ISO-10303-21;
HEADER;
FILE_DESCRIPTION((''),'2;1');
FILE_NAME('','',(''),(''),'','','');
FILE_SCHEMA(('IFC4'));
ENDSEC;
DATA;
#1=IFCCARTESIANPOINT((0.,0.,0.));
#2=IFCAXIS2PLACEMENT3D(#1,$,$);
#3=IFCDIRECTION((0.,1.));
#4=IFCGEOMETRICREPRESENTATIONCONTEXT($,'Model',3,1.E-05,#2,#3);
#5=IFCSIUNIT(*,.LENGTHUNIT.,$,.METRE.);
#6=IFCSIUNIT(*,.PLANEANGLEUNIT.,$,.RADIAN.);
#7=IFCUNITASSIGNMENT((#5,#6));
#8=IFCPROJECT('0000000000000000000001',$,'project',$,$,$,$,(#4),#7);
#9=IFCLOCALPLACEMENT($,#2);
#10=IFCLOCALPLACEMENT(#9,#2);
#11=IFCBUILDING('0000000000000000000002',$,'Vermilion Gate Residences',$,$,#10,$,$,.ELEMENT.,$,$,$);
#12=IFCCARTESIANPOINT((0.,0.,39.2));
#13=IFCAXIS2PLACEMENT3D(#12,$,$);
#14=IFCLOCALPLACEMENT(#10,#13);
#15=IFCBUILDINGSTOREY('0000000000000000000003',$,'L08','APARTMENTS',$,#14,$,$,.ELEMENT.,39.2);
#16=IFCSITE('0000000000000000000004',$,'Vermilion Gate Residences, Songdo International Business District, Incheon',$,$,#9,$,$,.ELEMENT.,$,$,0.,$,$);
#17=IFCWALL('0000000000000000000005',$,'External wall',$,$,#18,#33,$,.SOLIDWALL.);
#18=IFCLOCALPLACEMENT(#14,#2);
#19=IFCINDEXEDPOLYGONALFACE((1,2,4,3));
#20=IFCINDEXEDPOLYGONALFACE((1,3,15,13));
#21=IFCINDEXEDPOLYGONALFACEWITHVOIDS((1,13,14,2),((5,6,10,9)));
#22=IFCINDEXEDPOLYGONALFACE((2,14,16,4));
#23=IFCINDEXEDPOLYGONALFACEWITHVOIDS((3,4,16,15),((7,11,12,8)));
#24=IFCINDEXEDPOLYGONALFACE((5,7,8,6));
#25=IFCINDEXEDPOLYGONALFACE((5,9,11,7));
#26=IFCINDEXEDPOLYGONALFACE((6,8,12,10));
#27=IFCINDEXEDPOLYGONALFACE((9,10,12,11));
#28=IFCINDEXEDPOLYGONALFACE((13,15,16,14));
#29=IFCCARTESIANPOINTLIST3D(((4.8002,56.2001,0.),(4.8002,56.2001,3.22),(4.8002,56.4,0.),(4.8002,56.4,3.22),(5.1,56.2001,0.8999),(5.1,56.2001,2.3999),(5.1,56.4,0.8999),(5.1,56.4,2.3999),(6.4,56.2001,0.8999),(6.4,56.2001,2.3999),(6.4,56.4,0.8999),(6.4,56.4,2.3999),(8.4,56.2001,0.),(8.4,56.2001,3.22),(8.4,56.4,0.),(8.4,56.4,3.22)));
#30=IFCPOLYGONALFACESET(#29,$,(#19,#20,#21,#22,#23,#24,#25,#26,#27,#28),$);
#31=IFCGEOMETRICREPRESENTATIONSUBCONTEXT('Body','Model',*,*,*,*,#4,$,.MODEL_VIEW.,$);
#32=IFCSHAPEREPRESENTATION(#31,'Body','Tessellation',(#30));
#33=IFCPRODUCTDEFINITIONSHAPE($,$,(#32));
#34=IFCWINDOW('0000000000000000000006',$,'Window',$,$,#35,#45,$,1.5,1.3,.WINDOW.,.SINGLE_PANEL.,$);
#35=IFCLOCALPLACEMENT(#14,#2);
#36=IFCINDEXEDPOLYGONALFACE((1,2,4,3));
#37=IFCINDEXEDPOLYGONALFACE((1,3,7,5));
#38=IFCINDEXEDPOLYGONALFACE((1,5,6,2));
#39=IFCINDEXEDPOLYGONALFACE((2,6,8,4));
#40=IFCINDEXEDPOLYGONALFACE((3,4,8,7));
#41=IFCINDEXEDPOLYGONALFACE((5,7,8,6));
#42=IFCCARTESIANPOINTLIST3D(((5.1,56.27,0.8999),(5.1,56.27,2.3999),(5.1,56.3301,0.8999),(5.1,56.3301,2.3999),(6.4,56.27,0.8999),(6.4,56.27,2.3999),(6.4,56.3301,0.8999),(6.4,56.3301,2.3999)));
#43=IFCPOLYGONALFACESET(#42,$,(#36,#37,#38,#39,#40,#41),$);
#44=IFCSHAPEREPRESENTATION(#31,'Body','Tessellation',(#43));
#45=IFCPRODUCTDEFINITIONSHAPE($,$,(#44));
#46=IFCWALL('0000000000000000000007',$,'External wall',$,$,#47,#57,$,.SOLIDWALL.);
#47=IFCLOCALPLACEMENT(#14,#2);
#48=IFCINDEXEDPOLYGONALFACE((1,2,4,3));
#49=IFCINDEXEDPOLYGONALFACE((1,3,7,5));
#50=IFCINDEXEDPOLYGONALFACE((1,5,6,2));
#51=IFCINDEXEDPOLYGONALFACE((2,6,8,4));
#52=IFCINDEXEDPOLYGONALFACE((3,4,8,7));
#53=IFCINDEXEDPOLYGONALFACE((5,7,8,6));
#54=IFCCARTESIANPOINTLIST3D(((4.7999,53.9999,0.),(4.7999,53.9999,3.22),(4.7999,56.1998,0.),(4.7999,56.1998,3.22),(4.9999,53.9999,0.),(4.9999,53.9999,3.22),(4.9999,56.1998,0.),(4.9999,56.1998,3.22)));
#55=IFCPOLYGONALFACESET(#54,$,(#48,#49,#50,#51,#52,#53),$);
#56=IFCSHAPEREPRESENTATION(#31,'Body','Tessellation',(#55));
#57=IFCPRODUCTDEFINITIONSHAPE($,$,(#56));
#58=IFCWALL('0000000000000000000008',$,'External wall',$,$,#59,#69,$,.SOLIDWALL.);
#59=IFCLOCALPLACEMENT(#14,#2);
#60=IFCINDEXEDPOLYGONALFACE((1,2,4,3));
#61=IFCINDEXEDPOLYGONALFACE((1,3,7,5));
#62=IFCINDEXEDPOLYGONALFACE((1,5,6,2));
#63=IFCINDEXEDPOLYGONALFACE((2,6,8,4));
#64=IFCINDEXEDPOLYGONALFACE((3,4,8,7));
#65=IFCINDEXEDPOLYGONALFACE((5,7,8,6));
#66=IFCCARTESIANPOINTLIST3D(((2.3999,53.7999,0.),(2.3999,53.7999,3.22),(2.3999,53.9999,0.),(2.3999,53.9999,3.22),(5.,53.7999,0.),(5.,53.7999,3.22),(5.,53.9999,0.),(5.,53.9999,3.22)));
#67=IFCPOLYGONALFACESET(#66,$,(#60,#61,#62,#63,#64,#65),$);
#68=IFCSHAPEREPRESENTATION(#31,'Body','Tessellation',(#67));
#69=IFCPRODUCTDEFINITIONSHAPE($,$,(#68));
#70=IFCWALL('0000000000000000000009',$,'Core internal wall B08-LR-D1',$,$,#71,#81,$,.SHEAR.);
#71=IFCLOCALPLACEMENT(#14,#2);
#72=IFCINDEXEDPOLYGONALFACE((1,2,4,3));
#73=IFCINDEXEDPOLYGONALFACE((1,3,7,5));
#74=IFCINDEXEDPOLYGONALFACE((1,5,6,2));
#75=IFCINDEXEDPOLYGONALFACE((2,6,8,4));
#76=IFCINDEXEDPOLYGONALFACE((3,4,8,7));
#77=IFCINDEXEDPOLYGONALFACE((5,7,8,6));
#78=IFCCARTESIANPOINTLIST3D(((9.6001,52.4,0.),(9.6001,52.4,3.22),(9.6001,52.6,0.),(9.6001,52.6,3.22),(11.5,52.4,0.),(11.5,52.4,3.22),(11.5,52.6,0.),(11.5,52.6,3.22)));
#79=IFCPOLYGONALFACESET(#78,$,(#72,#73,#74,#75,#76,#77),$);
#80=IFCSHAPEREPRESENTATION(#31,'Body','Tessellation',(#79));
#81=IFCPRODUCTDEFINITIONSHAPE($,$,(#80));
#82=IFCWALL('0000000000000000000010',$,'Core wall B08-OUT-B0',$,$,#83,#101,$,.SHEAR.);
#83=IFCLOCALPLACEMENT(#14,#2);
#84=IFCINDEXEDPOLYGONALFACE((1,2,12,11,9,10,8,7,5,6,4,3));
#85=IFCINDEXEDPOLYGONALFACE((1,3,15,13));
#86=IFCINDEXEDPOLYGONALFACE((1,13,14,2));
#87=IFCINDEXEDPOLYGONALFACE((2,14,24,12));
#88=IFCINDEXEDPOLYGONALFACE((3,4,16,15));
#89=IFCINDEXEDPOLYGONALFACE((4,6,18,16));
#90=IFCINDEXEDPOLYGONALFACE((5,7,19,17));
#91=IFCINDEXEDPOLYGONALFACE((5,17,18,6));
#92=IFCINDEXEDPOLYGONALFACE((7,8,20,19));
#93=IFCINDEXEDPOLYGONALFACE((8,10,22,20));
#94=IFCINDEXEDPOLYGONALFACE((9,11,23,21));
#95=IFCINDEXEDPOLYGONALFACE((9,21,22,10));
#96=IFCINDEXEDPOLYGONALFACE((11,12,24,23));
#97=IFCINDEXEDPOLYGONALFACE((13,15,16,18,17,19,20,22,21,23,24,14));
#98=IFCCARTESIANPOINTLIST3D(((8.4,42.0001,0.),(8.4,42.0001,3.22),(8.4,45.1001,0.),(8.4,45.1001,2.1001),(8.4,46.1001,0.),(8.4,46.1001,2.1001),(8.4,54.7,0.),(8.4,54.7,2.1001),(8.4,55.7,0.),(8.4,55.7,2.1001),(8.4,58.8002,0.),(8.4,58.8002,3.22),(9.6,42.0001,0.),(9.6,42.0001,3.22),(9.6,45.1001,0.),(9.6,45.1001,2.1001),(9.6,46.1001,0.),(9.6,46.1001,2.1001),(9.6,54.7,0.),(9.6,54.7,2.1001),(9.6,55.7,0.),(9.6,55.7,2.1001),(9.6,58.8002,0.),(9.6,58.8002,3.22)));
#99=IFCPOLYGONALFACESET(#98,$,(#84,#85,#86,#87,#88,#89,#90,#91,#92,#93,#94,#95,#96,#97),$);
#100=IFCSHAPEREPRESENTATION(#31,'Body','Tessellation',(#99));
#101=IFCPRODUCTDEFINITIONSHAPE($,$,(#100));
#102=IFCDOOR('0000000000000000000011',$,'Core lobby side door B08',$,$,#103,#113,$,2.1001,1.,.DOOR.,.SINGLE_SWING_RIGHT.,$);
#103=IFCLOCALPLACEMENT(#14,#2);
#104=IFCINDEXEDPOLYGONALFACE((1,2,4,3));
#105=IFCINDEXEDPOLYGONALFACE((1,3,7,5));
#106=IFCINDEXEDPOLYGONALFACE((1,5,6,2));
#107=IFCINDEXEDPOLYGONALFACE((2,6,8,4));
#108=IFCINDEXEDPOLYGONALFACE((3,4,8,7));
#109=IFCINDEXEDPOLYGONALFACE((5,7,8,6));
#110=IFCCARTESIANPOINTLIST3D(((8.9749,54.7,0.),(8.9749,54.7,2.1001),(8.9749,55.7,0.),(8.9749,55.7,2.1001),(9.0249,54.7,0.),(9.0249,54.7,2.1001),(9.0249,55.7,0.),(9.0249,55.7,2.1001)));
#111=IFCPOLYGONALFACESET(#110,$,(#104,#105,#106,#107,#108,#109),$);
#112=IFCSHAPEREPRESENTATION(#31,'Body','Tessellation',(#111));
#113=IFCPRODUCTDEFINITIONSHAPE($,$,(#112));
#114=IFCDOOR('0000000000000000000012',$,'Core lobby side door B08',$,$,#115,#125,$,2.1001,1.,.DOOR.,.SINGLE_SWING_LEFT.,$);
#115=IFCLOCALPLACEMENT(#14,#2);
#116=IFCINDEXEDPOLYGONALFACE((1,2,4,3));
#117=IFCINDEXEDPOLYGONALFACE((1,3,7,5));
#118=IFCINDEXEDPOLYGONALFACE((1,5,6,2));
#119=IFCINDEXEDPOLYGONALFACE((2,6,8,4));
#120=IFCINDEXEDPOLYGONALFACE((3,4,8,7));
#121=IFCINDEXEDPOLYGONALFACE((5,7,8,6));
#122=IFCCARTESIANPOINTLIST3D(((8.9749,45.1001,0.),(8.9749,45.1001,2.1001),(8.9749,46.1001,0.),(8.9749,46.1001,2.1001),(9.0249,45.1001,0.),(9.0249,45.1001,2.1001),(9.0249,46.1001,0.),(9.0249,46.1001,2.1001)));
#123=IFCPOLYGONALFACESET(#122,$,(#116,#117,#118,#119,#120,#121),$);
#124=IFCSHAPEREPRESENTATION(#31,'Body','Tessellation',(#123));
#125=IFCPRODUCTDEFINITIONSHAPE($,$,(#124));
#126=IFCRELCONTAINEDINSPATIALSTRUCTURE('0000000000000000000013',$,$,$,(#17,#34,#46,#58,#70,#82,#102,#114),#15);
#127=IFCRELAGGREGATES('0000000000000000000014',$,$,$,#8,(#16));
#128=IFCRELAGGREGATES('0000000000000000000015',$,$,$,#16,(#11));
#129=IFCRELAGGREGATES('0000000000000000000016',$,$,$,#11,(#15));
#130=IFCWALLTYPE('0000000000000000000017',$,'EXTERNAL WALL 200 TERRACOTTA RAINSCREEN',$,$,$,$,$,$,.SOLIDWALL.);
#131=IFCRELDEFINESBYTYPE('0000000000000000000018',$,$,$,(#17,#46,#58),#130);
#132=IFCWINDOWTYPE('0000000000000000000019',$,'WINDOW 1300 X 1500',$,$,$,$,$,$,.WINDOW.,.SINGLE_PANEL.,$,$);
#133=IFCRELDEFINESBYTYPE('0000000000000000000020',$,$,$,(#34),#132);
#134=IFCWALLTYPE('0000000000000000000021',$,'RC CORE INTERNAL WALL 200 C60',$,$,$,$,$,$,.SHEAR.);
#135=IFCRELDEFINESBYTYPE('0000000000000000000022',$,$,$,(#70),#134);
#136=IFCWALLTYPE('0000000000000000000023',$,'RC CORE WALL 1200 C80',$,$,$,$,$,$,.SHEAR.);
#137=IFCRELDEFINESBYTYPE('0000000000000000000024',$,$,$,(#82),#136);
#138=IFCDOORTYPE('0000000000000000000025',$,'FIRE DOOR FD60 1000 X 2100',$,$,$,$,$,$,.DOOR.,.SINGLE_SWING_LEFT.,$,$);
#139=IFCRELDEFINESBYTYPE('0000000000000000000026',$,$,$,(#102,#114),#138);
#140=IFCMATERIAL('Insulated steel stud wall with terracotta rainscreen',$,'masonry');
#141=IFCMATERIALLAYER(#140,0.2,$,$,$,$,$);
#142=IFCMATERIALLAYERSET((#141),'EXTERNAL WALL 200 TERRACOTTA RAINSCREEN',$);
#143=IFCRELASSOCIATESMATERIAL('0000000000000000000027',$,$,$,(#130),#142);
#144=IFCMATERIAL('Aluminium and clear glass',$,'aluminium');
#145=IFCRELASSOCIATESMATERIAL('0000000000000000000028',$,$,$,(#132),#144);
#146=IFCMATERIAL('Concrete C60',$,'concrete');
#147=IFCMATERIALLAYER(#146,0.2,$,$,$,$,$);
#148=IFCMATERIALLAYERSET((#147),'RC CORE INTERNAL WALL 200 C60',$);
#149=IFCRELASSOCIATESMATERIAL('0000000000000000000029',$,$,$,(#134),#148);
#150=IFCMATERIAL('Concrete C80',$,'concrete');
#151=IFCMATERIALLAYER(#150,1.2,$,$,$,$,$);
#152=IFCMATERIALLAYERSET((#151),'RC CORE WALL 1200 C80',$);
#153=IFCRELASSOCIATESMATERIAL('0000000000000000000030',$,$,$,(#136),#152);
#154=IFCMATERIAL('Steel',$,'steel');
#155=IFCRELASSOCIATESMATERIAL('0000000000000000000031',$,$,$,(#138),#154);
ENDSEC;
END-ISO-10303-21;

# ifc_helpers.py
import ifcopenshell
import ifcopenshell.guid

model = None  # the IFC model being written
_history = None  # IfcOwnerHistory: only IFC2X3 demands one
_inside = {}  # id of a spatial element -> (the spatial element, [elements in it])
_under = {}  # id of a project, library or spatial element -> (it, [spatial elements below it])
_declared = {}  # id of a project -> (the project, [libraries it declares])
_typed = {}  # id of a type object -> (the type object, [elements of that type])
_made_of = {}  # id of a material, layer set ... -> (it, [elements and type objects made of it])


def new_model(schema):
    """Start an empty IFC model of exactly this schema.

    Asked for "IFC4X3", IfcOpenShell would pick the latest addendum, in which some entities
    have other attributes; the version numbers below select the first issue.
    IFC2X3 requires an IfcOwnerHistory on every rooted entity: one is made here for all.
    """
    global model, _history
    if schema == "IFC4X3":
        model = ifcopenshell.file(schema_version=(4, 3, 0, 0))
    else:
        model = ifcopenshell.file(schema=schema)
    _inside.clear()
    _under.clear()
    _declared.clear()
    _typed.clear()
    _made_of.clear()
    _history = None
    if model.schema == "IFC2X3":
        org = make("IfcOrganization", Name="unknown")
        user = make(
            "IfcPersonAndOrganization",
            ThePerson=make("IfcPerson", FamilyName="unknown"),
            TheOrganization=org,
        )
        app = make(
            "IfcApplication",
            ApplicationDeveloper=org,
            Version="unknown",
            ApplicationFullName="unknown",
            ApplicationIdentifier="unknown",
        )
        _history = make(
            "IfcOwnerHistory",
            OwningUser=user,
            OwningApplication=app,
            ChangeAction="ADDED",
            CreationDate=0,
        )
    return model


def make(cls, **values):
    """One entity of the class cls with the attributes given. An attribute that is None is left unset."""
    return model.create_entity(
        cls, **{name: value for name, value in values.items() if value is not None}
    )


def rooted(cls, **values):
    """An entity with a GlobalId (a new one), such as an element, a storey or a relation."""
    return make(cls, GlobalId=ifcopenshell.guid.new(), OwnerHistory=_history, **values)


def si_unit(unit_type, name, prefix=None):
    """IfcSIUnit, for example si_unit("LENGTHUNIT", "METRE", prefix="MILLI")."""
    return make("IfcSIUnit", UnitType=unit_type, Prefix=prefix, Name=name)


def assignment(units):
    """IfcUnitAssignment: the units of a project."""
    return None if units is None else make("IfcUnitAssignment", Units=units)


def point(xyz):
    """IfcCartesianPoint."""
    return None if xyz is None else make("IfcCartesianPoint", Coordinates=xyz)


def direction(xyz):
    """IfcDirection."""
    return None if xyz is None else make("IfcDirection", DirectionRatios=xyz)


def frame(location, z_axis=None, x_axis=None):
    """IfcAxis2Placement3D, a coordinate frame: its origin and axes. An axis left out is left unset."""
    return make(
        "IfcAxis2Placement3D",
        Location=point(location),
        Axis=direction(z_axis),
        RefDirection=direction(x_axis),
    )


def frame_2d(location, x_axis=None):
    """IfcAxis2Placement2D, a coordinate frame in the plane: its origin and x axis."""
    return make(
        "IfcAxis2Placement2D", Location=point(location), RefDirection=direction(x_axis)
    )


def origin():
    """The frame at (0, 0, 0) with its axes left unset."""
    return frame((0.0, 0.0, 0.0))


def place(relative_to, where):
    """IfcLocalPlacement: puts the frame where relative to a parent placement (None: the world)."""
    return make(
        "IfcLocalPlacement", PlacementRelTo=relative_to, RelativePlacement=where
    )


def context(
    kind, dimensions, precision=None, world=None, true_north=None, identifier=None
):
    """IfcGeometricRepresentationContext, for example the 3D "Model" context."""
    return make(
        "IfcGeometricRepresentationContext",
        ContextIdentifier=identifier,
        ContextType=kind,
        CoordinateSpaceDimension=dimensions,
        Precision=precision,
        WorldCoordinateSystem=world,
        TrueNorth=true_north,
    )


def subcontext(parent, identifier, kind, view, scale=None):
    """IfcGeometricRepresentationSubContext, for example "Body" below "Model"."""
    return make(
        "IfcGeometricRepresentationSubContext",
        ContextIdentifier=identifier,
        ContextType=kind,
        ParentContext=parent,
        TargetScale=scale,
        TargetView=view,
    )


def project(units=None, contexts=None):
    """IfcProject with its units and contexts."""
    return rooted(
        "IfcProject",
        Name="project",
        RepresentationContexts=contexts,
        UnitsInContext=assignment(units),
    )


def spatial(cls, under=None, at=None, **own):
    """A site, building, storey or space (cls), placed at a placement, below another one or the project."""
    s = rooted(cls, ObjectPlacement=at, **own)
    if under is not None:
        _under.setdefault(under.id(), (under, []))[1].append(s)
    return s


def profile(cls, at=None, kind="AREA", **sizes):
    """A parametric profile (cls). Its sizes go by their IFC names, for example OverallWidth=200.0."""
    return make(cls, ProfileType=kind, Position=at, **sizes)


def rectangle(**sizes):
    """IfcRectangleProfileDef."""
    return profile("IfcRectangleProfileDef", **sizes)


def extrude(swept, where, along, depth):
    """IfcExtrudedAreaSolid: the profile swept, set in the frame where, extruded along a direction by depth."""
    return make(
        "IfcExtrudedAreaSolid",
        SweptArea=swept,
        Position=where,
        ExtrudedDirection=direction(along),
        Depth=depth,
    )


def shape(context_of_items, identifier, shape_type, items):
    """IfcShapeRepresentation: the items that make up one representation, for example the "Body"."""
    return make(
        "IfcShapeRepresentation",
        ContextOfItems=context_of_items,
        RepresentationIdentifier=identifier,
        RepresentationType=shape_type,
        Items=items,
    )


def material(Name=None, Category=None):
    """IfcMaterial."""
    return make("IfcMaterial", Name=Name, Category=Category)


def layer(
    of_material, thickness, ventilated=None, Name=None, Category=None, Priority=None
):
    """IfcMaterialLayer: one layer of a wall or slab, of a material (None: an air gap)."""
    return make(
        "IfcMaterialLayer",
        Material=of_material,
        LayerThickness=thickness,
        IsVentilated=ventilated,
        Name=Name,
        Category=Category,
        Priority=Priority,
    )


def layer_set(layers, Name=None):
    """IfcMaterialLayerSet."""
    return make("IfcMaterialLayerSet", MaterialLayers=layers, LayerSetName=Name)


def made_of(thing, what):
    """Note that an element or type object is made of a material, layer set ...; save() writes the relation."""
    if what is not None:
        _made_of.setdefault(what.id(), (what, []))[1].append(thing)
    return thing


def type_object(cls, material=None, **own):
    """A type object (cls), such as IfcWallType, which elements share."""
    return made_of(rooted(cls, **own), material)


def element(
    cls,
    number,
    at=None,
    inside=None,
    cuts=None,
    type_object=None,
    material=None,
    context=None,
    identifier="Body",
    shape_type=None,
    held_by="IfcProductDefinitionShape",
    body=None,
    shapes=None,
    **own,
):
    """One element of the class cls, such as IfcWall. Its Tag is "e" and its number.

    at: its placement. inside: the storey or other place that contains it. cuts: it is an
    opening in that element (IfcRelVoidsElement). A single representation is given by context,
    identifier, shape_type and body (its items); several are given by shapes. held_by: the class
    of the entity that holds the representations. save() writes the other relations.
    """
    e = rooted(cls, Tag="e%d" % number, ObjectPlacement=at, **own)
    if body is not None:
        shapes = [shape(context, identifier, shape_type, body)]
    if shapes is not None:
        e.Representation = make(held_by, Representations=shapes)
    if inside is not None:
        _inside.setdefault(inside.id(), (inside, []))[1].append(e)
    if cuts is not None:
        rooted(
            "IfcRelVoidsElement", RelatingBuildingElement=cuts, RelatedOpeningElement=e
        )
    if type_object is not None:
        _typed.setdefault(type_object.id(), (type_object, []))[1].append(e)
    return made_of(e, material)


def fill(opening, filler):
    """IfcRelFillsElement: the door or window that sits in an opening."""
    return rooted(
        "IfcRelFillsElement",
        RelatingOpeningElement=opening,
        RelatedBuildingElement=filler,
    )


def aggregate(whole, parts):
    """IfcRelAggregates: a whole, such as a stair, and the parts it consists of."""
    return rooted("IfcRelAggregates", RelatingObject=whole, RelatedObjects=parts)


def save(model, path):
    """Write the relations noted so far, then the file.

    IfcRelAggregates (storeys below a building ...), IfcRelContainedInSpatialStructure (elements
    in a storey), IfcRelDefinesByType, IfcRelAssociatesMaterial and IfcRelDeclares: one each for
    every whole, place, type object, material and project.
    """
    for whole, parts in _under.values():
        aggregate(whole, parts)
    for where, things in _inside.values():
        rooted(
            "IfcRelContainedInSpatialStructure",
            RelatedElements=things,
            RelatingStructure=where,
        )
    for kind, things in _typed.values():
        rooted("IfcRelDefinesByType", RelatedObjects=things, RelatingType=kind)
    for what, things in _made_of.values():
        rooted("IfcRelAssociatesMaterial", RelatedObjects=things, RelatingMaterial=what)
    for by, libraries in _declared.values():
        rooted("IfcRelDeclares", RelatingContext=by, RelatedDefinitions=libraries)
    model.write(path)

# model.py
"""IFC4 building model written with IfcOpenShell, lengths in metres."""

from ifc_helpers import new_model, si_unit, direction, frame, frame_2d, origin, place, context, subcontext, project, spatial, rectangle, extrude, material, layer, layer_set, type_object, element, fill, save


model = new_model("IFC4")

# Units and contexts
model_context = context("Model", 3, precision=1e-05, world=origin(), true_north=direction((0.0, 1.0)))
body_context = subcontext(model_context, "Body", "Model", "MODEL_VIEW")
ifc_project = project(units=[si_unit("LENGTHUNIT", "METRE"), si_unit("PLANEANGLEUNIT", "RADIAN")], contexts=[model_context])

# Site, building, storey
site_placement = place(None, origin())
site = spatial("IfcSite", under=ifc_project, at=site_placement, Name="Vermilion Gate Residences, Songdo International Business District, Incheon", CompositionType="ELEMENT", RefElevation=0.0)
building_placement = place(site_placement, origin())
building = spatial("IfcBuilding", under=site, at=building_placement, Name="Vermilion Gate Residences", CompositionType="ELEMENT")
storey_placement = place(building_placement, frame((0.0, 0.0, 39.2)))
storey = spatial("IfcBuildingStorey", under=building, at=storey_placement, Name="L08", Description="APARTMENTS", CompositionType="ELEMENT", Elevation=39.2)

# Wall, opening, window
ifc_material_1 = material(Name="Insulated steel stud wall with terracotta rainscreen", Category="masonry")
ifc_layer_1 = layer(ifc_material_1, 0.2)
ifc_layer_set_1 = layer_set([ifc_layer_1], Name="EXTERNAL WALL 200 TERRACOTTA RAINSCREEN")
wall_type_1 = type_object("IfcWallType", Name="EXTERNAL WALL 200 TERRACOTTA RAINSCREEN", PredefinedType="SOLIDWALL", material=ifc_layer_set_1)
wall_1_placement = place(storey_placement, frame((8.3999, 56.3, 0.0), z_axis=(0.0, 0.0, 1.0), x_axis=(-1.0, 0.0, 0.0)))
wall_1 = element("IfcWall", 1, at=wall_1_placement, inside=storey, type_object=wall_type_1, Name="External wall", PredefinedType="SOLIDWALL", context=body_context, shape_type="SweptSolid", body=[
    extrude(rectangle(XDim=3.5999, YDim=0.2, at=frame_2d((1.7998, 0.0))), origin(), (0.0, 0.0, 1.0), 3.22),
])
opening_1_placement = place(wall_1_placement, frame((2.0, 0.0, 0.8999)))
opening_1 = element("IfcOpeningElement", 2, at=opening_1_placement, cuts=wall_1, PredefinedType="OPENING", context=body_context, shape_type="SweptSolid", body=[
    extrude(rectangle(XDim=1.3, YDim=1.5, at=frame_2d((0.6499, 0.75))), frame((0.0, 0.1099, 0.0), z_axis=(0.0, -1.0, 0.0), x_axis=(1.0, 0.0, 0.0)), (0.0, 0.0, 1.0), 0.22),
])
ifc_material_2 = material(Name="Aluminium and clear glass", Category="aluminium")
window_type = type_object("IfcWindowType", Name="WINDOW 1300 X 1500", PartitioningType="SINGLE_PANEL", PredefinedType="WINDOW", material=ifc_material_2)
window_placement = place(opening_1_placement, origin())
window = element("IfcWindow", 3, at=window_placement, inside=storey, type_object=window_type, Name="Window", OverallHeight=1.5, OverallWidth=1.3, PartitioningType="SINGLE_PANEL", PredefinedType="WINDOW", context=body_context, shape_type="SweptSolid", body=[
    extrude(rectangle(XDim=1.3, YDim=1.5, at=frame_2d((0.6499, 0.75))), frame((0.0, 0.03, 0.0), z_axis=(0.0, -1.0, 0.0), x_axis=(1.0, 0.0, 0.0)), (0.0, 0.0, 1.0), 0.0601),
])
fill(opening_1, window)

# Walls
wall_2_placement = place(storey_placement, frame((4.8999, 56.2, 0.0), z_axis=(0.0, 0.0, 1.0), x_axis=(0.0, -1.0, 0.0)))
element("IfcWall", 4, at=wall_2_placement, inside=storey, type_object=wall_type_1, Name="External wall", PredefinedType="SOLIDWALL", context=body_context, shape_type="SweptSolid", body=[
    extrude(rectangle(XDim=2.2, YDim=0.2, at=frame_2d((1.1001, 0.0))), origin(), (0.0, 0.0, 1.0), 3.22),
])
wall_3_placement = place(storey_placement, frame((5.0, 53.8999, 0.0), z_axis=(0.0, 0.0, 1.0), x_axis=(-1.0, 0.0, 0.0)))
element("IfcWall", 5, at=wall_3_placement, inside=storey, type_object=wall_type_1, Name="External wall", PredefinedType="SOLIDWALL", context=body_context, shape_type="SweptSolid", body=[
    extrude(rectangle(XDim=2.6001, YDim=0.2, at=frame_2d((1.3, 0.0))), origin(), (0.0, 0.0, 1.0), 3.22),
])
ifc_material_3 = material(Name="Concrete C60", Category="concrete")
ifc_layer_2 = layer(ifc_material_3, 0.2)
ifc_layer_set_2 = layer_set([ifc_layer_2], Name="RC CORE INTERNAL WALL 200 C60")
wall_type_2 = type_object("IfcWallType", Name="RC CORE INTERNAL WALL 200 C60", PredefinedType="SHEAR", material=ifc_layer_set_2)
wall_4_placement = place(storey_placement, frame((9.6001, 52.5, 0.0), z_axis=(0.0, 0.0, 1.0), x_axis=(1.0, 0.0, 0.0)))
element("IfcWall", 6, at=wall_4_placement, inside=storey, type_object=wall_type_2, Name="Core internal wall B08-LR-D1", PredefinedType="SHEAR", context=body_context, shape_type="SweptSolid", body=[
    extrude(rectangle(XDim=1.8999, YDim=0.2, at=frame_2d((0.95, 0.0))), origin(), (0.0, 0.0, 1.0), 3.22),
])

# Wall, openings, doors
ifc_material_4 = material(Name="Concrete C80", Category="concrete")
ifc_layer_3 = layer(ifc_material_4, 1.2)
ifc_layer_set_3 = layer_set([ifc_layer_3], Name="RC CORE WALL 1200 C80")
wall_type_3 = type_object("IfcWallType", Name="RC CORE WALL 1200 C80", PredefinedType="SHEAR", material=ifc_layer_set_3)
wall_5_placement = place(storey_placement, frame((9.0, 58.8, 0.0), z_axis=(0.0, 0.0, 1.0), x_axis=(0.0, -1.0, 0.0)))
wall_5 = element("IfcWall", 7, at=wall_5_placement, inside=storey, type_object=wall_type_3, Name="Core wall B08-OUT-B0", PredefinedType="SHEAR", context=body_context, shape_type="SweptSolid", body=[
    extrude(rectangle(XDim=16.8, YDim=1.2, at=frame_2d((8.3999, 0.0))), origin(), (0.0, 0.0, 1.0), 3.22),
])
opening_2_placement = place(wall_5_placement, frame((3.1001, 0.0, 0.0)))
opening_2 = element("IfcOpeningElement", 8, at=opening_2_placement, cuts=wall_5, PredefinedType="OPENING", context=body_context, shape_type="SweptSolid", body=[
    extrude(rectangle(XDim=1.0, YDim=2.1001, at=frame_2d((0.5, 1.05))), frame((0.0, 0.6099, 0.0), z_axis=(0.0, -1.0, 0.0), x_axis=(1.0, 0.0, 0.0)), (0.0, 0.0, 1.0), 1.22),
])
opening_3_placement = place(wall_5_placement, frame((12.7, 0.0, 0.0)))
opening_3 = element("IfcOpeningElement", 9, at=opening_3_placement, cuts=wall_5, PredefinedType="OPENING", context=body_context, shape_type="SweptSolid", body=[
    extrude(rectangle(XDim=1.0, YDim=2.1001, at=frame_2d((0.5, 1.05))), frame((0.0, 0.6099, 0.0), z_axis=(0.0, -1.0, 0.0), x_axis=(1.0, 0.0, 0.0)), (0.0, 0.0, 1.0), 1.22),
])
ifc_material_5 = material(Name="Steel", Category="steel")
door_type = type_object("IfcDoorType", Name="FIRE DOOR FD60 1000 X 2100", OperationType="SINGLE_SWING_LEFT", PredefinedType="DOOR", material=ifc_material_5)
door_1_placement = place(opening_2_placement, origin())
door_1 = element("IfcDoor", 10, at=door_1_placement, inside=storey, type_object=door_type, Name="Core lobby side door B08", OperationType="SINGLE_SWING_RIGHT", OverallHeight=2.1001, OverallWidth=1.0, PredefinedType="DOOR", context=body_context, shape_type="SweptSolid", body=[
    extrude(rectangle(XDim=1.0, YDim=2.1001, at=frame_2d((0.5, 1.05))), frame((0.0, 0.0249, 0.0), z_axis=(0.0, -1.0, 0.0), x_axis=(1.0, 0.0, 0.0)), (0.0, 0.0, 1.0), 0.05),
])
fill(opening_2, door_1)
door_2_placement = place(opening_3_placement, origin())
door_2 = element("IfcDoor", 11, at=door_2_placement, inside=storey, type_object=door_type, Name="Core lobby side door B08", OperationType="SINGLE_SWING_LEFT", OverallHeight=2.1001, OverallWidth=1.0, PredefinedType="DOOR", context=body_context, shape_type="SweptSolid", body=[
    extrude(rectangle(XDim=1.0, YDim=2.1001, at=frame_2d((0.5, 1.05))), frame((0.0, 0.0249, 0.0), z_axis=(0.0, -1.0, 0.0), x_axis=(1.0, 0.0, 0.0)), (0.0, 0.0, 1.0), 0.05),
])
fill(opening_3, door_2)

save(model, "model.ifc")
